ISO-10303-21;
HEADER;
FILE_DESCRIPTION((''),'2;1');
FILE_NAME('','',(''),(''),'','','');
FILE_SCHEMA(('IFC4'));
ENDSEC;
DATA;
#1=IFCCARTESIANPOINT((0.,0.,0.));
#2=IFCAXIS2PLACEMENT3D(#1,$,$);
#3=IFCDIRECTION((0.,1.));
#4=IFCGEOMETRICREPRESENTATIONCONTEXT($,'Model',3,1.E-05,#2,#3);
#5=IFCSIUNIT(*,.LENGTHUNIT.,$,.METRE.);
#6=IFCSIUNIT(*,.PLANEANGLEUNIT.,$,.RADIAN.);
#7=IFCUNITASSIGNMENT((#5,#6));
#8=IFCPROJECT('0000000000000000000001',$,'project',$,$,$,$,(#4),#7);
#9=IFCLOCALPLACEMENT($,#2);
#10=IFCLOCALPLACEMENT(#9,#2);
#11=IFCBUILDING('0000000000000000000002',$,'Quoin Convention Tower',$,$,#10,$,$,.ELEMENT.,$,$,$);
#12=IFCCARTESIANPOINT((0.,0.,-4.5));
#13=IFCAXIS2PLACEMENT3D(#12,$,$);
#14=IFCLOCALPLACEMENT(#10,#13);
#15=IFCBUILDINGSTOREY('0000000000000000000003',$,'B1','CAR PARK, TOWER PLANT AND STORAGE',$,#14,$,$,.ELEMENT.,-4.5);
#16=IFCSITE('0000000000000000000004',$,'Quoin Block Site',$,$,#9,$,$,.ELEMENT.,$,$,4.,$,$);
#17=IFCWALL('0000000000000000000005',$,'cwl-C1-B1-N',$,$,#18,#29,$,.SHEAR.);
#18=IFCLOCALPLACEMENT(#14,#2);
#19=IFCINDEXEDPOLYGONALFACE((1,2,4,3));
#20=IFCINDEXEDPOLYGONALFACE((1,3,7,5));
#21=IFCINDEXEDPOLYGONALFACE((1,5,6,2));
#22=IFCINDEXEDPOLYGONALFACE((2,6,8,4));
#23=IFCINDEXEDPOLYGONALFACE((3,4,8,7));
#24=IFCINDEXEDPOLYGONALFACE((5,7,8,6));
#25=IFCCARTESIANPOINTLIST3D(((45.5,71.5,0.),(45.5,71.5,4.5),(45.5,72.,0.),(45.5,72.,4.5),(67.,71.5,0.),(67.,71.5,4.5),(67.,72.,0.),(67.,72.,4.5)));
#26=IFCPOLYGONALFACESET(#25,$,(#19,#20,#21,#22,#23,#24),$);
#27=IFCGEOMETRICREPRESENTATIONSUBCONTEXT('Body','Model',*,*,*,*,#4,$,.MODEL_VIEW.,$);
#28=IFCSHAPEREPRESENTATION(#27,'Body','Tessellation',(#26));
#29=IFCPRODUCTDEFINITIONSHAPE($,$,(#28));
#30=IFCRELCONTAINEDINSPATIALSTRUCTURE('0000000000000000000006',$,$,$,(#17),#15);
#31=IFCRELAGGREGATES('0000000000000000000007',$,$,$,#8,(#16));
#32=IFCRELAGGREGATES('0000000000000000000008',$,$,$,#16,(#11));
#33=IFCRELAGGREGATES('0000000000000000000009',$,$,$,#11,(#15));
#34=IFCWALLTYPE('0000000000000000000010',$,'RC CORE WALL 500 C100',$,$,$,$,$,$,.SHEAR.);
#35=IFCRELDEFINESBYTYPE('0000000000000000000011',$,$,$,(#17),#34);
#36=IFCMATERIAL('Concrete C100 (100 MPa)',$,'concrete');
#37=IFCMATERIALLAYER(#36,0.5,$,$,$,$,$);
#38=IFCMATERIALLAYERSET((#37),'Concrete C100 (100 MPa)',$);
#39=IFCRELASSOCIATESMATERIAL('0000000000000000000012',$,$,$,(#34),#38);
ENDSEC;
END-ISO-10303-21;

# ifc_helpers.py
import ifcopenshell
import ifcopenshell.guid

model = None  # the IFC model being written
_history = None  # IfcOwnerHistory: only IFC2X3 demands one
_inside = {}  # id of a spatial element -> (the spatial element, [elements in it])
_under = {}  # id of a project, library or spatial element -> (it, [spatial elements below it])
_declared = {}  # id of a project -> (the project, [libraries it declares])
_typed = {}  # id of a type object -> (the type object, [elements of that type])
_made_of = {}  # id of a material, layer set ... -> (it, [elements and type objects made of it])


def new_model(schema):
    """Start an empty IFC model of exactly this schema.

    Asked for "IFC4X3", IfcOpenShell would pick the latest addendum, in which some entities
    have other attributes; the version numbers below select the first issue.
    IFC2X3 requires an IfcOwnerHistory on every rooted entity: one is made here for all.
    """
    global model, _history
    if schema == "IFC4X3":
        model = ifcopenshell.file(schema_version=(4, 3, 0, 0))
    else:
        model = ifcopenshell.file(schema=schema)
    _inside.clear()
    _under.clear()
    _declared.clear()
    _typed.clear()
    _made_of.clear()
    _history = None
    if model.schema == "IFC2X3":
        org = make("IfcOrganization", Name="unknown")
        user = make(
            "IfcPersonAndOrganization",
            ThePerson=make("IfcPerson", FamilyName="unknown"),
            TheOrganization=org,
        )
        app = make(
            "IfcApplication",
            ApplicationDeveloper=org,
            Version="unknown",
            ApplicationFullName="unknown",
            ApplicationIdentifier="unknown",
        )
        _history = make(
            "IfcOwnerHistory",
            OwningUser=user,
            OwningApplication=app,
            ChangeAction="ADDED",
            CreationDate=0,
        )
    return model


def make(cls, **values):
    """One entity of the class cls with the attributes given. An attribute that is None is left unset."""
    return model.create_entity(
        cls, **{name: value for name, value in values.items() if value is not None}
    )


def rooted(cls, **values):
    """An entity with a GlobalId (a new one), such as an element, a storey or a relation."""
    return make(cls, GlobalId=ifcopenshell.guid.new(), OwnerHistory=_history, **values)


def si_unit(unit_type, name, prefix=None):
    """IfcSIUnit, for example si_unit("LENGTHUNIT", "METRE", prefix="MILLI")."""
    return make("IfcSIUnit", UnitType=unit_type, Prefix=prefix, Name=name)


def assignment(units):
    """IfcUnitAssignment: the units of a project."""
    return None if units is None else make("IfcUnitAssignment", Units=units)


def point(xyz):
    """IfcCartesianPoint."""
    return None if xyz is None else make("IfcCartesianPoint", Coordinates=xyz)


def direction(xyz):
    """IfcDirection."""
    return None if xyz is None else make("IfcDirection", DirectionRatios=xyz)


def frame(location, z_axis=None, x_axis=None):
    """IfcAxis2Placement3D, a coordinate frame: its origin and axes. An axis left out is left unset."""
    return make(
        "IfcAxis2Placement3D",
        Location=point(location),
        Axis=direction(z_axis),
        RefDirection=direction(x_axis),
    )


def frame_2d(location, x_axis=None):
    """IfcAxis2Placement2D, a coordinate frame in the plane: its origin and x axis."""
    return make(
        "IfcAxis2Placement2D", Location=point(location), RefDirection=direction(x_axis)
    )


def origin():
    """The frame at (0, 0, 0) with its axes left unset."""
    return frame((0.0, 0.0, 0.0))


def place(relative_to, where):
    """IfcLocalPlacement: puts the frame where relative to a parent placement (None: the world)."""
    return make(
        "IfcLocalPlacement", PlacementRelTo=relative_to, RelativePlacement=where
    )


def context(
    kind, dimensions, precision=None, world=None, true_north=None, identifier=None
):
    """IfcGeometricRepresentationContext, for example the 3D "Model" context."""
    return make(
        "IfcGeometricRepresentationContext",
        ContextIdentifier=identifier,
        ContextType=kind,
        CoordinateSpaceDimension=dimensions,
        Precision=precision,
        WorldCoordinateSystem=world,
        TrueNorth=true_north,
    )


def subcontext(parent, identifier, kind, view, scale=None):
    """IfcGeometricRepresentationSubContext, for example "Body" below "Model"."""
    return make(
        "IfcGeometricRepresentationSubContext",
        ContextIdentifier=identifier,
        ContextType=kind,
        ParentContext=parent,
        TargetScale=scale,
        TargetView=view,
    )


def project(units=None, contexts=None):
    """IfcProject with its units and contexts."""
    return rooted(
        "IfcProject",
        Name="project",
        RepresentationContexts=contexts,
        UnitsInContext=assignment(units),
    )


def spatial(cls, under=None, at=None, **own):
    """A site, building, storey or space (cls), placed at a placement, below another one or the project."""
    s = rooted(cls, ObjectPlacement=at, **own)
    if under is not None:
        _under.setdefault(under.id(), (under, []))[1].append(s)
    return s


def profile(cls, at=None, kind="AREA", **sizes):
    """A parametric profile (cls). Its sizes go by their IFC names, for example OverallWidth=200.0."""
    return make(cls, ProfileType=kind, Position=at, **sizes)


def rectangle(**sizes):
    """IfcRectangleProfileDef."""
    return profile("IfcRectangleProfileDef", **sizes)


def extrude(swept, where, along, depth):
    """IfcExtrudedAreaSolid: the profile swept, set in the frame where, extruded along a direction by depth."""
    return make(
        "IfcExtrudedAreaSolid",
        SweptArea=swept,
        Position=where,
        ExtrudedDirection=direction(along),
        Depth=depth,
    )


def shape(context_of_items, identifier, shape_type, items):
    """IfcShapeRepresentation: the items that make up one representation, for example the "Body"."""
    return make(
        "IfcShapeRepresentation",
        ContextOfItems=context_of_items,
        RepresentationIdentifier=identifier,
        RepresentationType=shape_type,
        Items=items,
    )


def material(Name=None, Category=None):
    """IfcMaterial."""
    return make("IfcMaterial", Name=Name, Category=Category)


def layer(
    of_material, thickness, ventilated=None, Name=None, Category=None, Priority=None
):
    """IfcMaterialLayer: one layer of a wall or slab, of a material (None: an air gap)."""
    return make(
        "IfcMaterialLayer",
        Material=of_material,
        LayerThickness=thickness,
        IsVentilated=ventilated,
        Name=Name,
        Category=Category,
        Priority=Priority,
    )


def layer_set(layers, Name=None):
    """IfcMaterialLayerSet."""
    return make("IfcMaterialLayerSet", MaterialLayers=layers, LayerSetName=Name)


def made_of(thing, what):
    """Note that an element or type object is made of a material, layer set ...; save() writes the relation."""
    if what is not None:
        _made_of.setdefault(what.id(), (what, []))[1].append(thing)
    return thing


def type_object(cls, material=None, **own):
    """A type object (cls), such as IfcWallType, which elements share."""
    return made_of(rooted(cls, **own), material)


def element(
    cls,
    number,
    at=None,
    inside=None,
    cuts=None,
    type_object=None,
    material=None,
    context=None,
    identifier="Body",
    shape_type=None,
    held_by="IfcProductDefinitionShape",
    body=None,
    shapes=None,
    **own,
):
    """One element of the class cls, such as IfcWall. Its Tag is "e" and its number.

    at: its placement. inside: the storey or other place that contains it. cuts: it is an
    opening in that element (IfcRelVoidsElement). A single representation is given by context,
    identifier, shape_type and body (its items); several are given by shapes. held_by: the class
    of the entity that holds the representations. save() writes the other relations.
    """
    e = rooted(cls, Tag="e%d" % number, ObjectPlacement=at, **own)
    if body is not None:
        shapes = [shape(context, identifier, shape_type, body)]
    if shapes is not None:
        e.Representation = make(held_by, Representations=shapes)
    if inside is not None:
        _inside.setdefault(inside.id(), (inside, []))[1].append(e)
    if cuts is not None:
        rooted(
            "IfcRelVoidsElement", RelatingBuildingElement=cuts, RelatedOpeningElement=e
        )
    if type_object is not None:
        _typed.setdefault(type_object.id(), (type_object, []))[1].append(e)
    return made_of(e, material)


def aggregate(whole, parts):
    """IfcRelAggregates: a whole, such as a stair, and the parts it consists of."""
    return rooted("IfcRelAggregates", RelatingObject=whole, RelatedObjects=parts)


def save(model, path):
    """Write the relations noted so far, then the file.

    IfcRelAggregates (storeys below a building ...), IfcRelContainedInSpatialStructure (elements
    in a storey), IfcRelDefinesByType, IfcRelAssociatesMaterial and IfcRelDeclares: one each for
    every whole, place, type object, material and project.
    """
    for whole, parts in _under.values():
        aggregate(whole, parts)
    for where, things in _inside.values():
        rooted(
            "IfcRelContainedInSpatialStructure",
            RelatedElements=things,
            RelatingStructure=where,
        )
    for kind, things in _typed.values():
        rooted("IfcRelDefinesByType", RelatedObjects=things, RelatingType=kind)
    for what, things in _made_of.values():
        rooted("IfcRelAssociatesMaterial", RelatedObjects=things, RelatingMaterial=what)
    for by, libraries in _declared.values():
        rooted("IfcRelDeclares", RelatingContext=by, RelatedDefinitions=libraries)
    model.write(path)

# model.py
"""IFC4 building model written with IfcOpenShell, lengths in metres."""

from ifc_helpers import new_model, si_unit, direction, frame, frame_2d, origin, place, context, subcontext, project, spatial, rectangle, extrude, material, layer, layer_set, type_object, element, save


model = new_model("IFC4")

# Units and contexts
model_context = context("Model", 3, precision=1e-05, world=origin(), true_north=direction((0.0, 1.0)))
body_context = subcontext(model_context, "Body", "Model", "MODEL_VIEW")
ifc_project = project(units=[si_unit("LENGTHUNIT", "METRE"), si_unit("PLANEANGLEUNIT", "RADIAN")], contexts=[model_context])

# Site, building, storey
site_placement = place(None, origin())
site = spatial("IfcSite", under=ifc_project, at=site_placement, Name="Quoin Block Site", CompositionType="ELEMENT", RefElevation=4.0)
building_placement = place(site_placement, origin())
building = spatial("IfcBuilding", under=site, at=building_placement, Name="Quoin Convention Tower", CompositionType="ELEMENT")
storey_placement = place(building_placement, frame((0.0, 0.0, -4.5)))
storey = spatial("IfcBuildingStorey", under=building, at=storey_placement, Name="B1", Description="CAR PARK, TOWER PLANT AND STORAGE", CompositionType="ELEMENT", Elevation=-4.5)

# Shared definitions
ifc_material_1 = material(Name="Concrete C100 (100 MPa)", Category="concrete")

# Wall
ifc_layer_1 = layer(ifc_material_1, 0.5)
ifc_layer_set_1 = layer_set([ifc_layer_1], Name="Concrete C100 (100 MPa)")
wall_type_1 = type_object("IfcWallType", Name="RC CORE WALL 500 C100", PredefinedType="SHEAR", material=ifc_layer_set_1)
wall_1_placement = place(storey_placement, frame((45.5, 71.75, 0.0), z_axis=(0.0, 0.0, 1.0), x_axis=(1.0, 0.0, 0.0)))
element("IfcWall", 1, at=wall_1_placement, inside=storey, type_object=wall_type_1, Name="cwl-C1-B1-N", PredefinedType="SHEAR", context=body_context, shape_type="SweptSolid", body=[
    extrude(rectangle(XDim=21.5, YDim=0.5, at=frame_2d((10.75, 0.0))), origin(), (0.0, 0.0, 1.0), 4.5),
])

save(model, "model.ifc")
